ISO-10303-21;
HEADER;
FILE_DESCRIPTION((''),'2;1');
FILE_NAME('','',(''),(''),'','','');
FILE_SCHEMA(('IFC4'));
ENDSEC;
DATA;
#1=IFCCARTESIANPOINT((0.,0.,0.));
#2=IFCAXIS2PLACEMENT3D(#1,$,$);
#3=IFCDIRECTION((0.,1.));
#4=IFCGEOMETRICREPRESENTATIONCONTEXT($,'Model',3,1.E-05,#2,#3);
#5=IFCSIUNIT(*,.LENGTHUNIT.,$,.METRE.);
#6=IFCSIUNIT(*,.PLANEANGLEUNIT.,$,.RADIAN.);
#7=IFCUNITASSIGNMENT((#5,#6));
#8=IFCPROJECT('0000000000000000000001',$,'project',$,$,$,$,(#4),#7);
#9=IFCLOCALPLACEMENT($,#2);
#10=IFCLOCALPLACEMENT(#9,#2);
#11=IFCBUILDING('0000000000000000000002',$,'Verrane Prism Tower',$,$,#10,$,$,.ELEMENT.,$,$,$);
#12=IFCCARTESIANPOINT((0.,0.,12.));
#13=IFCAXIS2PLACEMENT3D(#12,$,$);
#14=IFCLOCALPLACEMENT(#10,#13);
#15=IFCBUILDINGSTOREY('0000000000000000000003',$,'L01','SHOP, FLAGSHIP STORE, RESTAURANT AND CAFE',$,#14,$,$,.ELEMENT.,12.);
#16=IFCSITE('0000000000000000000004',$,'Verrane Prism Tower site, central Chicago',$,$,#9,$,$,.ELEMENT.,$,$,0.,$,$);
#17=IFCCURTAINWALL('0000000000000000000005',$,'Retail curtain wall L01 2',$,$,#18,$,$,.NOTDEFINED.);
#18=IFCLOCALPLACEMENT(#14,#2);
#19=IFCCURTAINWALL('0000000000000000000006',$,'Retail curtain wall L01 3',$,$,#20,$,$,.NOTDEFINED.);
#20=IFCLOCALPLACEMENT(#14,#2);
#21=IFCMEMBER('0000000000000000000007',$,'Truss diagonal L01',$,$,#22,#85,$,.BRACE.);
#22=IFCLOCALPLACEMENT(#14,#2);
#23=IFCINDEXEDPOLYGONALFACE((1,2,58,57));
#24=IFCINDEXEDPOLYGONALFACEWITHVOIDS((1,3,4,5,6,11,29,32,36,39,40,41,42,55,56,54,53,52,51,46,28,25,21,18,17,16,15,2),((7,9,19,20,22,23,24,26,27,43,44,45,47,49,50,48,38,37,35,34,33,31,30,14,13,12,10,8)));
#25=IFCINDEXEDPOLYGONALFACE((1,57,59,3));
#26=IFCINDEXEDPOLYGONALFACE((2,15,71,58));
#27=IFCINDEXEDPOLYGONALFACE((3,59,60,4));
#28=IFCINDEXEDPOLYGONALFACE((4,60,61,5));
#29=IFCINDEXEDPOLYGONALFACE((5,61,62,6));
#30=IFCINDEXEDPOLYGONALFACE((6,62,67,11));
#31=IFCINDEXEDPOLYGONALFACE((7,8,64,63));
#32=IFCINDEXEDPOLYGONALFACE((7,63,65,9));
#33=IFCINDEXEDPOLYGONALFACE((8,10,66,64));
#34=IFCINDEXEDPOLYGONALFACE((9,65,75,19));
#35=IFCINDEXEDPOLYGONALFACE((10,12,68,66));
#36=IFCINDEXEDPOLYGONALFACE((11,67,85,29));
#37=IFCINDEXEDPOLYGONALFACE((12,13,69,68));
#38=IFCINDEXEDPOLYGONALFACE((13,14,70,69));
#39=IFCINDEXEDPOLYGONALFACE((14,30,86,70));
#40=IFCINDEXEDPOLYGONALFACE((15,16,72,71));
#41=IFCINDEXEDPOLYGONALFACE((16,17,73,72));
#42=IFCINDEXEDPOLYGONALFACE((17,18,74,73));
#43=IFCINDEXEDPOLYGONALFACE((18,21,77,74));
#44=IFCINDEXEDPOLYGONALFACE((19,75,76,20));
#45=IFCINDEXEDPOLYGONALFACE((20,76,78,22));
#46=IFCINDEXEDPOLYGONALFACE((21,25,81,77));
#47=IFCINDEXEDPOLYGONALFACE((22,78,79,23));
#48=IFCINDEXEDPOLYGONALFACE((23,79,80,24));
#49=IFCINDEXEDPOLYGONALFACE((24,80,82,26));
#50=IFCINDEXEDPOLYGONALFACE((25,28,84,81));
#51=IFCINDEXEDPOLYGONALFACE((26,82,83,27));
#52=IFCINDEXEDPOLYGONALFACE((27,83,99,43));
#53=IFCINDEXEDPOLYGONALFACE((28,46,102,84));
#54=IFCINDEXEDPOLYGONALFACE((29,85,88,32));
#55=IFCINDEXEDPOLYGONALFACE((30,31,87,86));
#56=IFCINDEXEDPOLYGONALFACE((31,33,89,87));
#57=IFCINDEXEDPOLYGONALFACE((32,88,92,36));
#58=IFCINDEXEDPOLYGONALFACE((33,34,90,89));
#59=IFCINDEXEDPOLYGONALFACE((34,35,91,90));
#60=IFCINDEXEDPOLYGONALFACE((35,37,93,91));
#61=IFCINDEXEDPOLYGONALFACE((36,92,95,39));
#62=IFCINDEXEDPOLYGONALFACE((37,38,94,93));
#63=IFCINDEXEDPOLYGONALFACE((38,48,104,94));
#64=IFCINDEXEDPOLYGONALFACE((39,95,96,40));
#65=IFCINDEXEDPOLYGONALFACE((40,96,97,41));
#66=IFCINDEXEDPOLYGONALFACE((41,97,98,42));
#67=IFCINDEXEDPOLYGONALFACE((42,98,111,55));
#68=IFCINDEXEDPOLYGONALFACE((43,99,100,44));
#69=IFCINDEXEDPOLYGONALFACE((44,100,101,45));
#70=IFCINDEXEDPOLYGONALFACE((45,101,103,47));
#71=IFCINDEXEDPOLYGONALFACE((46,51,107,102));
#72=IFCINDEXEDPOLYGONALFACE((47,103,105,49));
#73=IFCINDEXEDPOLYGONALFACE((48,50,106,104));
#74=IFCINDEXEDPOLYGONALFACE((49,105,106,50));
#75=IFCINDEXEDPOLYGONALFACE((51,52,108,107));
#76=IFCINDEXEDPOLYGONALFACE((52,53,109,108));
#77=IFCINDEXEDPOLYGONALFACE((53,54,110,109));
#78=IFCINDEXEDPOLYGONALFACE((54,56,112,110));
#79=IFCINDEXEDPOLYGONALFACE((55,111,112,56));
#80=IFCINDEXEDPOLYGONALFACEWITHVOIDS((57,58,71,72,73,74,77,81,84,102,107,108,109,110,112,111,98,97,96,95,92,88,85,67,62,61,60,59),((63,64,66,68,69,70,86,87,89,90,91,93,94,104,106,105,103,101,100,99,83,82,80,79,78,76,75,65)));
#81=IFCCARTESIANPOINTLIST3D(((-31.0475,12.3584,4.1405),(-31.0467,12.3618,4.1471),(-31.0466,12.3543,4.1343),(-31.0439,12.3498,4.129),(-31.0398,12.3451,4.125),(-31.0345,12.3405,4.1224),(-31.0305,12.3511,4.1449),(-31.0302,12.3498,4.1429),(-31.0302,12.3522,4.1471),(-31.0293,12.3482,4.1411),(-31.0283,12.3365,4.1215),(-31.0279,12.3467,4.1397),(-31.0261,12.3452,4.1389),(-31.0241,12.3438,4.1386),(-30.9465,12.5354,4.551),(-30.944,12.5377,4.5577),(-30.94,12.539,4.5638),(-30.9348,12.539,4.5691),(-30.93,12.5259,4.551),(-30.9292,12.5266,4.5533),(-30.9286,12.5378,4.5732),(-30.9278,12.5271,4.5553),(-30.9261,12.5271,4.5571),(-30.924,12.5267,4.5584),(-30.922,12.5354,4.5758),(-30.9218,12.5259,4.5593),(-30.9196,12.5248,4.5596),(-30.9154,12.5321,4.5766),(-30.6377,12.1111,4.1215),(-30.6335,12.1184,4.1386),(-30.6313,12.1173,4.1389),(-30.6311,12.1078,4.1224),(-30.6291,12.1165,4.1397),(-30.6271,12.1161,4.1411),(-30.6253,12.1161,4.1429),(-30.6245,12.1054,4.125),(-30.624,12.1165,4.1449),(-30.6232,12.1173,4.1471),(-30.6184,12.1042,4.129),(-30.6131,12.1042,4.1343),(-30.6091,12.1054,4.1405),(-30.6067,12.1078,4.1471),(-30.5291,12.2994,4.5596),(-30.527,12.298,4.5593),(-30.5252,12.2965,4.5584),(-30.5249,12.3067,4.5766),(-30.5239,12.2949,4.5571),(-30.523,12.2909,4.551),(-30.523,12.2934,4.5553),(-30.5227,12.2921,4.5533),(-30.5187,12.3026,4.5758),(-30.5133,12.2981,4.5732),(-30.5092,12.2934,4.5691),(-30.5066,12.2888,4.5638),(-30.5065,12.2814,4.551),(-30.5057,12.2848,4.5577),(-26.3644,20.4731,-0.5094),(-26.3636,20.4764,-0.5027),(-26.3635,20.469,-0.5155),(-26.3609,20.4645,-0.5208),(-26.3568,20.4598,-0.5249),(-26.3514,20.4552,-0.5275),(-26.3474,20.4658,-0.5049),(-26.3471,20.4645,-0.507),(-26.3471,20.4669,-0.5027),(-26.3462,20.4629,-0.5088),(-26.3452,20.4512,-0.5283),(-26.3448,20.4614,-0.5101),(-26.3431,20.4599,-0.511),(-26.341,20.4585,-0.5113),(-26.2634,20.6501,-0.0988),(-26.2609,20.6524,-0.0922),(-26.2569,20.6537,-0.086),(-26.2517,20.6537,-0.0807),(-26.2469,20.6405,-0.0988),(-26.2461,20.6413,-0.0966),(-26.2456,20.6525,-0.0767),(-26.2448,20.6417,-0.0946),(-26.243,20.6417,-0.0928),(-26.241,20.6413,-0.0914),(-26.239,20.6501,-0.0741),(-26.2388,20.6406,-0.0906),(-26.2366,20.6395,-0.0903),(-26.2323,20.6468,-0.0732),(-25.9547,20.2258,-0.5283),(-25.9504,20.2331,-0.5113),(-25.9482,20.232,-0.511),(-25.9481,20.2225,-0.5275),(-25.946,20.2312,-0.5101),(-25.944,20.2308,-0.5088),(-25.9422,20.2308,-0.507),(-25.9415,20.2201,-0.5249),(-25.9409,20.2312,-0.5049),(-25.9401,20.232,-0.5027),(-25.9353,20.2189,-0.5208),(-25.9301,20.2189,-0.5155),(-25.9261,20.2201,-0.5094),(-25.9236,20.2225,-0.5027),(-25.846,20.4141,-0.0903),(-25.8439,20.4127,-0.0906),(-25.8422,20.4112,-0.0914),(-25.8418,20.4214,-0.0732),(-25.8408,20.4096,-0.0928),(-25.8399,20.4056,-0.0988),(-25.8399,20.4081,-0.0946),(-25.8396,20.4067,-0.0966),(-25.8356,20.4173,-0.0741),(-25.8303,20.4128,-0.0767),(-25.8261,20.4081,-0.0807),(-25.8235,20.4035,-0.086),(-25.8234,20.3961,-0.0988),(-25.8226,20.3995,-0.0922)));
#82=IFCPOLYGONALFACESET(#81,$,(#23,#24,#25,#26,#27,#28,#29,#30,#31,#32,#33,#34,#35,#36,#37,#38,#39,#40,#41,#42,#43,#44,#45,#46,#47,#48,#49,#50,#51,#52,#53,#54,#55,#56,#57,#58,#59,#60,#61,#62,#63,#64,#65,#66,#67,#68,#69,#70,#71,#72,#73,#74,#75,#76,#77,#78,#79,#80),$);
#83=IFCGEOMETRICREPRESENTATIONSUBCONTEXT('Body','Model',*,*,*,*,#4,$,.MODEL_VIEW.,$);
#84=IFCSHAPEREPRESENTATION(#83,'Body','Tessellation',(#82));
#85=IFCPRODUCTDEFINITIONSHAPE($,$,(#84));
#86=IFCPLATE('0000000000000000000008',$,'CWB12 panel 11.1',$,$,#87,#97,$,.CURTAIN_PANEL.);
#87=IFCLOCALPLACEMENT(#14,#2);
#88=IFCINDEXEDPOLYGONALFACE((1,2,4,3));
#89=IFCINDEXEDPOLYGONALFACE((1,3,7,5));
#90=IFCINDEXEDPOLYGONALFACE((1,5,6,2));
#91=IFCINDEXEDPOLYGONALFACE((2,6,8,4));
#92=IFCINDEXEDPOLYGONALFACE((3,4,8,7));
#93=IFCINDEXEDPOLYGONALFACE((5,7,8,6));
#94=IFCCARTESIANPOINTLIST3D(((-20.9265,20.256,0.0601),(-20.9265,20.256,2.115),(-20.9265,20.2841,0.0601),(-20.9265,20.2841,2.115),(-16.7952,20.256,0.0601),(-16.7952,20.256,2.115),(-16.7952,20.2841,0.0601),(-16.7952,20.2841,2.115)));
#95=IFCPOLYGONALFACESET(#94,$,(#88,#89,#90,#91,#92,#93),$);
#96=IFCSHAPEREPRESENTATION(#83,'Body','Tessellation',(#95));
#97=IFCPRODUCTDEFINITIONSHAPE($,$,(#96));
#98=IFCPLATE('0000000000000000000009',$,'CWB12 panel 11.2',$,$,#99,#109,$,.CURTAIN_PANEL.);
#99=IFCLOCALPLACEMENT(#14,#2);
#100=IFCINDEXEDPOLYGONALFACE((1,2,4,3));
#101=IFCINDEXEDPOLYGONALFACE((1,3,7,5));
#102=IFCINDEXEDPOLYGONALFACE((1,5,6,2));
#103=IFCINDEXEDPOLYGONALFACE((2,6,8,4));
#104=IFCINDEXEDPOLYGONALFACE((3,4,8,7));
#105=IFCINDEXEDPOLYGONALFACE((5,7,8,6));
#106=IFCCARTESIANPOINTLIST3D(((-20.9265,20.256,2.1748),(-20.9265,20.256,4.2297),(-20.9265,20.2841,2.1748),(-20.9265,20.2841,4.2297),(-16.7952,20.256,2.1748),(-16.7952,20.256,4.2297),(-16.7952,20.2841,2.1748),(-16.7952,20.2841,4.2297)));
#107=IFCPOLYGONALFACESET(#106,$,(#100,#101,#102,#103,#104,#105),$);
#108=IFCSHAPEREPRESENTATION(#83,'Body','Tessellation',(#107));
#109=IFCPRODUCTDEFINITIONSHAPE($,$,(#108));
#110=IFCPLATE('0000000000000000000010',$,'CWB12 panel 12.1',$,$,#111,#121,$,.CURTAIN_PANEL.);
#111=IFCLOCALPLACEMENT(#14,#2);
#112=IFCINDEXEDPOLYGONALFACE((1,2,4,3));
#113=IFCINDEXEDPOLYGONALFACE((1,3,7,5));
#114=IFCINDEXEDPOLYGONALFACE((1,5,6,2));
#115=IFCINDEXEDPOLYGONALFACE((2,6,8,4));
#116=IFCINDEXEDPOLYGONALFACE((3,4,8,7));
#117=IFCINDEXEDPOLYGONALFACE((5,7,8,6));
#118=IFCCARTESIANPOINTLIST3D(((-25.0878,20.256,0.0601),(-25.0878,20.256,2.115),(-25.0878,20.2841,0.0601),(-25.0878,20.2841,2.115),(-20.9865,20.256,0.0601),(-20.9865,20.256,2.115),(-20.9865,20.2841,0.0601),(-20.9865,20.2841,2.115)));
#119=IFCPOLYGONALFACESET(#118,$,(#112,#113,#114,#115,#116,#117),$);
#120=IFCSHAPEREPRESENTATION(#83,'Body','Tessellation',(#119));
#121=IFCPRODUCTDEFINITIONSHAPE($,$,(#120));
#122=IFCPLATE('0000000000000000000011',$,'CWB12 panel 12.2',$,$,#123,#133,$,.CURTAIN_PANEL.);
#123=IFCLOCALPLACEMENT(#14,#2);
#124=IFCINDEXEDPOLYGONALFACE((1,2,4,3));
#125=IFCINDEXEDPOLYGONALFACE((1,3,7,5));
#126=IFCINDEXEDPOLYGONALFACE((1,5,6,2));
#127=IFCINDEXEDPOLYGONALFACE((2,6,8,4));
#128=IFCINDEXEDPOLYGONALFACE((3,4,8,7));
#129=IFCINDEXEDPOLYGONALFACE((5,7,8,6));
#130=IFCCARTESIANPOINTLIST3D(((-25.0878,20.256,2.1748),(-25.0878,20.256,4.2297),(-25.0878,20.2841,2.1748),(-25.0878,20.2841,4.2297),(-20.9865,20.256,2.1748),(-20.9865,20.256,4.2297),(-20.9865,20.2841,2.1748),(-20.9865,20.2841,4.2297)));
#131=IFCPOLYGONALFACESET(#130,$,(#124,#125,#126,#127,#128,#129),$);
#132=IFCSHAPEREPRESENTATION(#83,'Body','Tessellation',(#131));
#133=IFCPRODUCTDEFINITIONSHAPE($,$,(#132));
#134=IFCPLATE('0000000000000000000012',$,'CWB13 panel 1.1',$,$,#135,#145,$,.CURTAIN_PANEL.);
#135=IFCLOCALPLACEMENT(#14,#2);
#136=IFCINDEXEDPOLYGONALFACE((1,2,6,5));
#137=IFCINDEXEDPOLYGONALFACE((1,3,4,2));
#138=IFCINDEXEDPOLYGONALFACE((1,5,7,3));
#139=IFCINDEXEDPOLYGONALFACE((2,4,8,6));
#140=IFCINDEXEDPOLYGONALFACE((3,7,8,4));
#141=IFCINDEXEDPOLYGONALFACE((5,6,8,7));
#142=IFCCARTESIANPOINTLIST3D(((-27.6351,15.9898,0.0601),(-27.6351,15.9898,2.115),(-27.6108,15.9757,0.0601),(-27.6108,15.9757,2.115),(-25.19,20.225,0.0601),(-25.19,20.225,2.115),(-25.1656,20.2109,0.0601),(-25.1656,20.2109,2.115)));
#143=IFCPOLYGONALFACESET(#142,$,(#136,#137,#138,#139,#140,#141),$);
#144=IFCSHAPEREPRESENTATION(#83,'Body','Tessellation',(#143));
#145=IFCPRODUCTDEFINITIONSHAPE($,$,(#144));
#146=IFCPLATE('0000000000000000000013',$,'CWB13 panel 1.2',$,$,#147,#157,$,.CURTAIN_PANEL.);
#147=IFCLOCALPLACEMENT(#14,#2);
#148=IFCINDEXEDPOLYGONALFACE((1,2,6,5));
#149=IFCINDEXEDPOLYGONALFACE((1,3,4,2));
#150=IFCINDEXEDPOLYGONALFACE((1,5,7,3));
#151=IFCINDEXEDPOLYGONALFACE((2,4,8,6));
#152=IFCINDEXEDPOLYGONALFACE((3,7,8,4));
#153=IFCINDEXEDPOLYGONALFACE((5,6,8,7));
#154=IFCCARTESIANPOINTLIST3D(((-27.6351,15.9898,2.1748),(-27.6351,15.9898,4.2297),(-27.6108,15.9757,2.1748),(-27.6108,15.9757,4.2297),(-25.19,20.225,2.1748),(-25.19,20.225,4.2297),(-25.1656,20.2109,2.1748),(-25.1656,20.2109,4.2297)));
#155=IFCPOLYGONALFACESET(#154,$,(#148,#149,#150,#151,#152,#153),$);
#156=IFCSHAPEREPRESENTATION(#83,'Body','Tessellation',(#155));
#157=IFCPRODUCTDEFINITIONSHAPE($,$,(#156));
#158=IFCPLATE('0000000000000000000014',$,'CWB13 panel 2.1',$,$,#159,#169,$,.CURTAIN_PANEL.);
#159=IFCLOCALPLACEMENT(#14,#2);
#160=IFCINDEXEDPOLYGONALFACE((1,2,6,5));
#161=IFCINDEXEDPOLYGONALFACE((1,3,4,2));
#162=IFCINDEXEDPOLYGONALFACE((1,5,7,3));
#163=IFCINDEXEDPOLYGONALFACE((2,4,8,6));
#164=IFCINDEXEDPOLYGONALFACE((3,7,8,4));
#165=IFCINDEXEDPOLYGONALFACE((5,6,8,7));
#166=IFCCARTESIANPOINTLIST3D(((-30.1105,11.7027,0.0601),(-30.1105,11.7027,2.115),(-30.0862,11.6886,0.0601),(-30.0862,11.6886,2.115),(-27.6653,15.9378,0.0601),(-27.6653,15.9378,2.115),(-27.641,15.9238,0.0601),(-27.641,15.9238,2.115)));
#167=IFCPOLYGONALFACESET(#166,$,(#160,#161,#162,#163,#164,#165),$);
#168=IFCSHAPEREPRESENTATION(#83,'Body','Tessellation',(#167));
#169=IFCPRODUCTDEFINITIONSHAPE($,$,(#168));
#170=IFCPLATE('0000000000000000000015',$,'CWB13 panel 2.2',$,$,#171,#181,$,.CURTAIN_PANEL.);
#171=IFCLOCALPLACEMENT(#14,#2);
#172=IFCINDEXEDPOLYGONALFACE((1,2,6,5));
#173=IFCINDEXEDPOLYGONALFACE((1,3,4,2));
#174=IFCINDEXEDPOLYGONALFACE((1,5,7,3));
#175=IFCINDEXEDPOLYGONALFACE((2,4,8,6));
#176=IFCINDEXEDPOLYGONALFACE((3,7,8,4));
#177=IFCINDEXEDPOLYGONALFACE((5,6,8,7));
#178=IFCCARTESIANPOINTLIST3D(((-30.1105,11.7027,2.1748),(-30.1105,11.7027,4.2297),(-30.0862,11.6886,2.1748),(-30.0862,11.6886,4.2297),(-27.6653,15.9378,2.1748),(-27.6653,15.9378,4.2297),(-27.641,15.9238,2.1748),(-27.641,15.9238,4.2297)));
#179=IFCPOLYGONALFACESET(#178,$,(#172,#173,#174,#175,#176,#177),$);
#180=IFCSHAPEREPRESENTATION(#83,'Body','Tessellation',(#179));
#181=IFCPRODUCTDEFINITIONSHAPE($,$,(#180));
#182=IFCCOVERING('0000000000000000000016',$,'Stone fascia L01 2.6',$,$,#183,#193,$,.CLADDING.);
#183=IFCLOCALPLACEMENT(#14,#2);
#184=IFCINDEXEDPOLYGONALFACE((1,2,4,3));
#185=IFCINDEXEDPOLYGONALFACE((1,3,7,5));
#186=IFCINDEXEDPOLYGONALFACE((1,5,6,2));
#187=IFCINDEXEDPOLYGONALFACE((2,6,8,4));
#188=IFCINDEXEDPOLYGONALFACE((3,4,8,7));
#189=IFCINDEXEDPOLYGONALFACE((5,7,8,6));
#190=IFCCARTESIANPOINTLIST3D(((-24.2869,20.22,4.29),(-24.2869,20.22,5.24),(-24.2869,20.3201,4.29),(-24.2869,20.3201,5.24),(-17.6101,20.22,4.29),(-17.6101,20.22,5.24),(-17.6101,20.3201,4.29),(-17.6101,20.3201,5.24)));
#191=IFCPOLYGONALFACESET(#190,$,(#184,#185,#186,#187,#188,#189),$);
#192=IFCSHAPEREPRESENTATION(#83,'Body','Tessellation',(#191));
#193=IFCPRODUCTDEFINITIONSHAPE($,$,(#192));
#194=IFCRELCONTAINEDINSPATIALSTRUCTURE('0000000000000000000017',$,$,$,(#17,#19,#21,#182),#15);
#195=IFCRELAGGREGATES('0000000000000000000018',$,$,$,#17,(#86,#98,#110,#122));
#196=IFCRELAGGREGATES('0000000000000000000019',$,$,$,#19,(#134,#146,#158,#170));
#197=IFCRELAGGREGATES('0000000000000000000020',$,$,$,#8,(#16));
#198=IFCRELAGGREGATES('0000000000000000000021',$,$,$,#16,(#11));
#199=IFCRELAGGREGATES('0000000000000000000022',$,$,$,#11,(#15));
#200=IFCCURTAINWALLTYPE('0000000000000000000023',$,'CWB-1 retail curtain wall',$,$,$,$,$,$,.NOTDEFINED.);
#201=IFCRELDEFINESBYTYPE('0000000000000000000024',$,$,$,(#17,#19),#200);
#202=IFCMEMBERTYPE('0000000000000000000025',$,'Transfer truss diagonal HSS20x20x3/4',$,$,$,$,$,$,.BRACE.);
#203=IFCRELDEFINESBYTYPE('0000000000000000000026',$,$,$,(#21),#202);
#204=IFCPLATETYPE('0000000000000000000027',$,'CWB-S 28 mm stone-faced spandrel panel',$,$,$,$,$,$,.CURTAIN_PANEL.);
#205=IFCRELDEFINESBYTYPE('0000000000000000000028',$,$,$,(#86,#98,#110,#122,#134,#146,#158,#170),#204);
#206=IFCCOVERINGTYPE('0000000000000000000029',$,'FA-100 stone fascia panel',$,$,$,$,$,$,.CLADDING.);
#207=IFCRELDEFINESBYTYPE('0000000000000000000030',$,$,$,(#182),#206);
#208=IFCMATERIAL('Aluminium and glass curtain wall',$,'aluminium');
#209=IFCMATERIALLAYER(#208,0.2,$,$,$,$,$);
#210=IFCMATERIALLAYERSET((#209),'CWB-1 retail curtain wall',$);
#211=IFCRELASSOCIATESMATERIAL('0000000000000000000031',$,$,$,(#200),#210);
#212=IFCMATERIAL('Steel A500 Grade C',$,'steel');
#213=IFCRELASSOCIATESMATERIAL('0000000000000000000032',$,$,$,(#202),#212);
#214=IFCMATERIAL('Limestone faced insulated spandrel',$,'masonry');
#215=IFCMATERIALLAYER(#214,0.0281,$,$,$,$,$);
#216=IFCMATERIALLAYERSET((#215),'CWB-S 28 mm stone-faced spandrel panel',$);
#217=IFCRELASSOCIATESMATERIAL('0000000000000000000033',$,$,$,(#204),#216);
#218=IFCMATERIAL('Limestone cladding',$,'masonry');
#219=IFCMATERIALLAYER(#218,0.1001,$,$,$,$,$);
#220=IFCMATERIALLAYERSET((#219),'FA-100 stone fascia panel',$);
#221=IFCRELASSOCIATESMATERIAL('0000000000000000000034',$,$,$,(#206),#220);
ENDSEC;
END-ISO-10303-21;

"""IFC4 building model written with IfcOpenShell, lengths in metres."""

from ifc_helpers import new_model, si_unit, direction, frame, origin, origin_2d, place, context, subcontext, project, spatial, rectangle, hollow_rectangle, extrude, material, layer, layer_set, material_profile, profile_set, type_object, element, aggregate, save


model = new_model("IFC4")

# Units and contexts
model_context = context("Model", 3, precision=1e-05, world=origin(), true_north=direction((0.0, 1.0)))
body_context = subcontext(model_context, "Body", "Model", "MODEL_VIEW")
ifc_project = project(units=[si_unit("LENGTHUNIT", "METRE"), si_unit("PLANEANGLEUNIT", "RADIAN")], contexts=[model_context])

# Site, building, storey
site_placement = place(None, origin())
site = spatial("IfcSite", under=ifc_project, at=site_placement, Name="Verrane Prism Tower site, central Chicago", CompositionType="ELEMENT", RefElevation=0.0)
building_placement = place(site_placement, origin())
building = spatial("IfcBuilding", under=site, at=building_placement, Name="Verrane Prism Tower", CompositionType="ELEMENT")
storey_placement = place(building_placement, frame((0.0, 0.0, 12.0)))
storey = spatial("IfcBuildingStorey", under=building, at=storey_placement, Name="L01", Description="SHOP, FLAGSHIP STORE, RESTAURANT AND CAFE", CompositionType="ELEMENT", Elevation=12.0)

# Curtain walls
ifc_material_1 = material(Name="Aluminium and glass curtain wall", Category="aluminium")
ifc_layer_1 = layer(ifc_material_1, 0.2)
ifc_layer_set_1 = layer_set([ifc_layer_1], Name="CWB-1 retail curtain wall")
curtain_wall_type = type_object("IfcCurtainWallType", Name="CWB-1 retail curtain wall", PredefinedType="NOTDEFINED", material=ifc_layer_set_1)
curtain_wall_1_placement = place(storey_placement, origin())
curtain_wall_1 = element("IfcCurtainWall", 1, at=curtain_wall_1_placement, inside=storey, type_object=curtain_wall_type, Name="Retail curtain wall L01 2", PredefinedType="NOTDEFINED")
curtain_wall_2_placement = place(storey_placement, origin())
curtain_wall_2 = element("IfcCurtainWall", 2, at=curtain_wall_2_placement, inside=storey, type_object=curtain_wall_type, Name="Retail curtain wall L01 3", PredefinedType="NOTDEFINED")

# Member
ifc_material_2 = material(Name="Steel A500 Grade C", Category="steel")
ifc_material_profile_1 = material_profile(ifc_material_2, hollow_rectangle(XDim=0.5081, YDim=0.5081, WallThickness=0.019, InnerFilletRadius=0.0095, OuterFilletRadius=0.0286, at=origin_2d()), Name="HSS20x20x3/4")
ifc_profile_set_1 = profile_set([ifc_material_profile_1], Name="Steel A500 Grade C")
member_type_1 = type_object("IfcMemberType", Name="Transfer truss diagonal HSS20x20x3/4", PredefinedType="BRACE", material=ifc_profile_set_1)
member_1_placement = place(storey_placement, frame((-26.0935, 20.4363, -0.3008), z_axis=(-0.447735, -0.775822, 0.44456), x_axis=(0.866115, -0.499844, 0.0)))
element("IfcMember", 3, at=member_1_placement, inside=storey, type_object=member_type_1, Name="Truss diagonal L01", PredefinedType="BRACE", context=body_context, shape_type="SweptSolid", body=[
    extrude(hollow_rectangle(XDim=0.5081, YDim=0.5081, WallThickness=0.019, InnerFilletRadius=0.0095, OuterFilletRadius=0.0286, at=origin_2d()), origin(), (0.0, 0.0, 1.0), 10.4595),
])

# Plates
ifc_material_3 = material(Name="Limestone faced insulated spandrel", Category="masonry")
ifc_layer_2 = layer(ifc_material_3, 0.0281)
ifc_layer_set_2 = layer_set([ifc_layer_2], Name="CWB-S 28 mm stone-faced spandrel panel")
plate_type = type_object("IfcPlateType", Name="CWB-S 28 mm stone-faced spandrel panel", PredefinedType="CURTAIN_PANEL", material=ifc_layer_set_2)
plate_1_placement = place(storey_placement, frame((-18.8608, 20.27, 0.0601), z_axis=(0.0, 0.0, 1.0), x_axis=(-1.0, 0.0, 0.0)))
plate_1 = element("IfcPlate", 4, at=plate_1_placement, type_object=plate_type, Name="CWB12 panel 11.1", PredefinedType="CURTAIN_PANEL", context=body_context, shape_type="SweptSolid", body=[
    extrude(rectangle(XDim=4.1313, YDim=0.0281, at=origin_2d()), origin(), (0.0, 0.0, 1.0), 2.0549),
])
plate_2_placement = place(storey_placement, frame((-18.8608, 20.27, 2.1748), z_axis=(0.0, 0.0, 1.0), x_axis=(-1.0, 0.0, 0.0)))
plate_2 = element("IfcPlate", 5, at=plate_2_placement, type_object=plate_type, Name="CWB12 panel 11.2", PredefinedType="CURTAIN_PANEL", context=body_context, shape_type="SweptSolid", body=[
    extrude(rectangle(XDim=4.1313, YDim=0.0281, at=origin_2d()), origin(), (0.0, 0.0, 1.0), 2.0549),
])
plate_3_placement = place(storey_placement, frame((-23.0371, 20.27, 0.0601), z_axis=(0.0, 0.0, 1.0), x_axis=(-1.0, 0.0, 0.0)))
plate_3 = element("IfcPlate", 6, at=plate_3_placement, type_object=plate_type, Name="CWB12 panel 12.1", PredefinedType="CURTAIN_PANEL", context=body_context, shape_type="SweptSolid", body=[
    extrude(rectangle(XDim=4.1013, YDim=0.0281, at=origin_2d()), origin(), (0.0, 0.0, 1.0), 2.0549),
])
plate_4_placement = place(storey_placement, frame((-23.0371, 20.27, 2.1748), z_axis=(0.0, 0.0, 1.0), x_axis=(-1.0, 0.0, 0.0)))
plate_4 = element("IfcPlate", 7, at=plate_4_placement, type_object=plate_type, Name="CWB12 panel 12.2", PredefinedType="CURTAIN_PANEL", context=body_context, shape_type="SweptSolid", body=[
    extrude(rectangle(XDim=4.1013, YDim=0.0281, at=origin_2d()), origin(), (0.0, 0.0, 1.0), 2.0549),
])
aggregate(curtain_wall_1, [plate_1, plate_2, plate_3, plate_4])
plate_5_placement = place(storey_placement, frame((-26.4004, 18.1003, 0.0601), z_axis=(0.0, 0.0, 1.0), x_axis=(-0.499999, -0.866026, 0.0)))
plate_5 = element("IfcPlate", 8, at=plate_5_placement, type_object=plate_type, Name="CWB13 panel 1.1", PredefinedType="CURTAIN_PANEL", context=body_context, shape_type="SweptSolid", body=[
    extrude(rectangle(XDim=4.8904, YDim=0.0281, at=origin_2d()), origin(), (0.0, 0.0, 1.0), 2.0549),
])
plate_6_placement = place(storey_placement, frame((-26.4004, 18.1003, 2.1748), z_axis=(0.0, 0.0, 1.0), x_axis=(-0.499999, -0.866026, 0.0)))
plate_6 = element("IfcPlate", 9, at=plate_6_placement, type_object=plate_type, Name="CWB13 panel 1.2", PredefinedType="CURTAIN_PANEL", context=body_context, shape_type="SweptSolid", body=[
    extrude(rectangle(XDim=4.8904, YDim=0.0281, at=origin_2d()), origin(), (0.0, 0.0, 1.0), 2.0549),
])
plate_7_placement = place(storey_placement, frame((-28.8757, 13.8132, 0.0601), z_axis=(0.0, 0.0, 1.0), x_axis=(-0.499999, -0.866026, 0.0)))
plate_7 = element("IfcPlate", 10, at=plate_7_placement, type_object=plate_type, Name="CWB13 panel 2.1", PredefinedType="CURTAIN_PANEL", context=body_context, shape_type="SweptSolid", body=[
    extrude(rectangle(XDim=4.8904, YDim=0.0281, at=origin_2d()), origin(), (0.0, 0.0, 1.0), 2.0549),
])
plate_8_placement = place(storey_placement, frame((-28.8757, 13.8132, 2.1748), z_axis=(0.0, 0.0, 1.0), x_axis=(-0.499999, -0.866026, 0.0)))
plate_8 = element("IfcPlate", 11, at=plate_8_placement, type_object=plate_type, Name="CWB13 panel 2.2", PredefinedType="CURTAIN_PANEL", context=body_context, shape_type="SweptSolid", body=[
    extrude(rectangle(XDim=4.8904, YDim=0.0281, at=origin_2d()), origin(), (0.0, 0.0, 1.0), 2.0549),
])
aggregate(curtain_wall_2, [plate_5, plate_6, plate_7, plate_8])

# Covering
ifc_material_4 = material(Name="Limestone cladding", Category="masonry")
ifc_layer_3 = layer(ifc_material_4, 0.1001)
ifc_layer_set_3 = layer_set([ifc_layer_3], Name="FA-100 stone fascia panel")
covering_type = type_object("IfcCoveringType", Name="FA-100 stone fascia panel", PredefinedType="CLADDING", material=ifc_layer_set_3)
covering_1_placement = place(storey_placement, frame((-20.9485, 20.27, 4.29), z_axis=(0.0, 0.0, 1.0), x_axis=(-1.0, 0.0, 0.0)))
element("IfcCovering", 12, at=covering_1_placement, inside=storey, type_object=covering_type, Name="Stone fascia L01 2.6", PredefinedType="CLADDING", context=body_context, shape_type="SweptSolid", body=[
    extrude(rectangle(XDim=6.6768, YDim=0.1001, at=origin_2d()), origin(), (0.0, 0.0, 1.0), 0.95),
])

save(model, "model.ifc")
